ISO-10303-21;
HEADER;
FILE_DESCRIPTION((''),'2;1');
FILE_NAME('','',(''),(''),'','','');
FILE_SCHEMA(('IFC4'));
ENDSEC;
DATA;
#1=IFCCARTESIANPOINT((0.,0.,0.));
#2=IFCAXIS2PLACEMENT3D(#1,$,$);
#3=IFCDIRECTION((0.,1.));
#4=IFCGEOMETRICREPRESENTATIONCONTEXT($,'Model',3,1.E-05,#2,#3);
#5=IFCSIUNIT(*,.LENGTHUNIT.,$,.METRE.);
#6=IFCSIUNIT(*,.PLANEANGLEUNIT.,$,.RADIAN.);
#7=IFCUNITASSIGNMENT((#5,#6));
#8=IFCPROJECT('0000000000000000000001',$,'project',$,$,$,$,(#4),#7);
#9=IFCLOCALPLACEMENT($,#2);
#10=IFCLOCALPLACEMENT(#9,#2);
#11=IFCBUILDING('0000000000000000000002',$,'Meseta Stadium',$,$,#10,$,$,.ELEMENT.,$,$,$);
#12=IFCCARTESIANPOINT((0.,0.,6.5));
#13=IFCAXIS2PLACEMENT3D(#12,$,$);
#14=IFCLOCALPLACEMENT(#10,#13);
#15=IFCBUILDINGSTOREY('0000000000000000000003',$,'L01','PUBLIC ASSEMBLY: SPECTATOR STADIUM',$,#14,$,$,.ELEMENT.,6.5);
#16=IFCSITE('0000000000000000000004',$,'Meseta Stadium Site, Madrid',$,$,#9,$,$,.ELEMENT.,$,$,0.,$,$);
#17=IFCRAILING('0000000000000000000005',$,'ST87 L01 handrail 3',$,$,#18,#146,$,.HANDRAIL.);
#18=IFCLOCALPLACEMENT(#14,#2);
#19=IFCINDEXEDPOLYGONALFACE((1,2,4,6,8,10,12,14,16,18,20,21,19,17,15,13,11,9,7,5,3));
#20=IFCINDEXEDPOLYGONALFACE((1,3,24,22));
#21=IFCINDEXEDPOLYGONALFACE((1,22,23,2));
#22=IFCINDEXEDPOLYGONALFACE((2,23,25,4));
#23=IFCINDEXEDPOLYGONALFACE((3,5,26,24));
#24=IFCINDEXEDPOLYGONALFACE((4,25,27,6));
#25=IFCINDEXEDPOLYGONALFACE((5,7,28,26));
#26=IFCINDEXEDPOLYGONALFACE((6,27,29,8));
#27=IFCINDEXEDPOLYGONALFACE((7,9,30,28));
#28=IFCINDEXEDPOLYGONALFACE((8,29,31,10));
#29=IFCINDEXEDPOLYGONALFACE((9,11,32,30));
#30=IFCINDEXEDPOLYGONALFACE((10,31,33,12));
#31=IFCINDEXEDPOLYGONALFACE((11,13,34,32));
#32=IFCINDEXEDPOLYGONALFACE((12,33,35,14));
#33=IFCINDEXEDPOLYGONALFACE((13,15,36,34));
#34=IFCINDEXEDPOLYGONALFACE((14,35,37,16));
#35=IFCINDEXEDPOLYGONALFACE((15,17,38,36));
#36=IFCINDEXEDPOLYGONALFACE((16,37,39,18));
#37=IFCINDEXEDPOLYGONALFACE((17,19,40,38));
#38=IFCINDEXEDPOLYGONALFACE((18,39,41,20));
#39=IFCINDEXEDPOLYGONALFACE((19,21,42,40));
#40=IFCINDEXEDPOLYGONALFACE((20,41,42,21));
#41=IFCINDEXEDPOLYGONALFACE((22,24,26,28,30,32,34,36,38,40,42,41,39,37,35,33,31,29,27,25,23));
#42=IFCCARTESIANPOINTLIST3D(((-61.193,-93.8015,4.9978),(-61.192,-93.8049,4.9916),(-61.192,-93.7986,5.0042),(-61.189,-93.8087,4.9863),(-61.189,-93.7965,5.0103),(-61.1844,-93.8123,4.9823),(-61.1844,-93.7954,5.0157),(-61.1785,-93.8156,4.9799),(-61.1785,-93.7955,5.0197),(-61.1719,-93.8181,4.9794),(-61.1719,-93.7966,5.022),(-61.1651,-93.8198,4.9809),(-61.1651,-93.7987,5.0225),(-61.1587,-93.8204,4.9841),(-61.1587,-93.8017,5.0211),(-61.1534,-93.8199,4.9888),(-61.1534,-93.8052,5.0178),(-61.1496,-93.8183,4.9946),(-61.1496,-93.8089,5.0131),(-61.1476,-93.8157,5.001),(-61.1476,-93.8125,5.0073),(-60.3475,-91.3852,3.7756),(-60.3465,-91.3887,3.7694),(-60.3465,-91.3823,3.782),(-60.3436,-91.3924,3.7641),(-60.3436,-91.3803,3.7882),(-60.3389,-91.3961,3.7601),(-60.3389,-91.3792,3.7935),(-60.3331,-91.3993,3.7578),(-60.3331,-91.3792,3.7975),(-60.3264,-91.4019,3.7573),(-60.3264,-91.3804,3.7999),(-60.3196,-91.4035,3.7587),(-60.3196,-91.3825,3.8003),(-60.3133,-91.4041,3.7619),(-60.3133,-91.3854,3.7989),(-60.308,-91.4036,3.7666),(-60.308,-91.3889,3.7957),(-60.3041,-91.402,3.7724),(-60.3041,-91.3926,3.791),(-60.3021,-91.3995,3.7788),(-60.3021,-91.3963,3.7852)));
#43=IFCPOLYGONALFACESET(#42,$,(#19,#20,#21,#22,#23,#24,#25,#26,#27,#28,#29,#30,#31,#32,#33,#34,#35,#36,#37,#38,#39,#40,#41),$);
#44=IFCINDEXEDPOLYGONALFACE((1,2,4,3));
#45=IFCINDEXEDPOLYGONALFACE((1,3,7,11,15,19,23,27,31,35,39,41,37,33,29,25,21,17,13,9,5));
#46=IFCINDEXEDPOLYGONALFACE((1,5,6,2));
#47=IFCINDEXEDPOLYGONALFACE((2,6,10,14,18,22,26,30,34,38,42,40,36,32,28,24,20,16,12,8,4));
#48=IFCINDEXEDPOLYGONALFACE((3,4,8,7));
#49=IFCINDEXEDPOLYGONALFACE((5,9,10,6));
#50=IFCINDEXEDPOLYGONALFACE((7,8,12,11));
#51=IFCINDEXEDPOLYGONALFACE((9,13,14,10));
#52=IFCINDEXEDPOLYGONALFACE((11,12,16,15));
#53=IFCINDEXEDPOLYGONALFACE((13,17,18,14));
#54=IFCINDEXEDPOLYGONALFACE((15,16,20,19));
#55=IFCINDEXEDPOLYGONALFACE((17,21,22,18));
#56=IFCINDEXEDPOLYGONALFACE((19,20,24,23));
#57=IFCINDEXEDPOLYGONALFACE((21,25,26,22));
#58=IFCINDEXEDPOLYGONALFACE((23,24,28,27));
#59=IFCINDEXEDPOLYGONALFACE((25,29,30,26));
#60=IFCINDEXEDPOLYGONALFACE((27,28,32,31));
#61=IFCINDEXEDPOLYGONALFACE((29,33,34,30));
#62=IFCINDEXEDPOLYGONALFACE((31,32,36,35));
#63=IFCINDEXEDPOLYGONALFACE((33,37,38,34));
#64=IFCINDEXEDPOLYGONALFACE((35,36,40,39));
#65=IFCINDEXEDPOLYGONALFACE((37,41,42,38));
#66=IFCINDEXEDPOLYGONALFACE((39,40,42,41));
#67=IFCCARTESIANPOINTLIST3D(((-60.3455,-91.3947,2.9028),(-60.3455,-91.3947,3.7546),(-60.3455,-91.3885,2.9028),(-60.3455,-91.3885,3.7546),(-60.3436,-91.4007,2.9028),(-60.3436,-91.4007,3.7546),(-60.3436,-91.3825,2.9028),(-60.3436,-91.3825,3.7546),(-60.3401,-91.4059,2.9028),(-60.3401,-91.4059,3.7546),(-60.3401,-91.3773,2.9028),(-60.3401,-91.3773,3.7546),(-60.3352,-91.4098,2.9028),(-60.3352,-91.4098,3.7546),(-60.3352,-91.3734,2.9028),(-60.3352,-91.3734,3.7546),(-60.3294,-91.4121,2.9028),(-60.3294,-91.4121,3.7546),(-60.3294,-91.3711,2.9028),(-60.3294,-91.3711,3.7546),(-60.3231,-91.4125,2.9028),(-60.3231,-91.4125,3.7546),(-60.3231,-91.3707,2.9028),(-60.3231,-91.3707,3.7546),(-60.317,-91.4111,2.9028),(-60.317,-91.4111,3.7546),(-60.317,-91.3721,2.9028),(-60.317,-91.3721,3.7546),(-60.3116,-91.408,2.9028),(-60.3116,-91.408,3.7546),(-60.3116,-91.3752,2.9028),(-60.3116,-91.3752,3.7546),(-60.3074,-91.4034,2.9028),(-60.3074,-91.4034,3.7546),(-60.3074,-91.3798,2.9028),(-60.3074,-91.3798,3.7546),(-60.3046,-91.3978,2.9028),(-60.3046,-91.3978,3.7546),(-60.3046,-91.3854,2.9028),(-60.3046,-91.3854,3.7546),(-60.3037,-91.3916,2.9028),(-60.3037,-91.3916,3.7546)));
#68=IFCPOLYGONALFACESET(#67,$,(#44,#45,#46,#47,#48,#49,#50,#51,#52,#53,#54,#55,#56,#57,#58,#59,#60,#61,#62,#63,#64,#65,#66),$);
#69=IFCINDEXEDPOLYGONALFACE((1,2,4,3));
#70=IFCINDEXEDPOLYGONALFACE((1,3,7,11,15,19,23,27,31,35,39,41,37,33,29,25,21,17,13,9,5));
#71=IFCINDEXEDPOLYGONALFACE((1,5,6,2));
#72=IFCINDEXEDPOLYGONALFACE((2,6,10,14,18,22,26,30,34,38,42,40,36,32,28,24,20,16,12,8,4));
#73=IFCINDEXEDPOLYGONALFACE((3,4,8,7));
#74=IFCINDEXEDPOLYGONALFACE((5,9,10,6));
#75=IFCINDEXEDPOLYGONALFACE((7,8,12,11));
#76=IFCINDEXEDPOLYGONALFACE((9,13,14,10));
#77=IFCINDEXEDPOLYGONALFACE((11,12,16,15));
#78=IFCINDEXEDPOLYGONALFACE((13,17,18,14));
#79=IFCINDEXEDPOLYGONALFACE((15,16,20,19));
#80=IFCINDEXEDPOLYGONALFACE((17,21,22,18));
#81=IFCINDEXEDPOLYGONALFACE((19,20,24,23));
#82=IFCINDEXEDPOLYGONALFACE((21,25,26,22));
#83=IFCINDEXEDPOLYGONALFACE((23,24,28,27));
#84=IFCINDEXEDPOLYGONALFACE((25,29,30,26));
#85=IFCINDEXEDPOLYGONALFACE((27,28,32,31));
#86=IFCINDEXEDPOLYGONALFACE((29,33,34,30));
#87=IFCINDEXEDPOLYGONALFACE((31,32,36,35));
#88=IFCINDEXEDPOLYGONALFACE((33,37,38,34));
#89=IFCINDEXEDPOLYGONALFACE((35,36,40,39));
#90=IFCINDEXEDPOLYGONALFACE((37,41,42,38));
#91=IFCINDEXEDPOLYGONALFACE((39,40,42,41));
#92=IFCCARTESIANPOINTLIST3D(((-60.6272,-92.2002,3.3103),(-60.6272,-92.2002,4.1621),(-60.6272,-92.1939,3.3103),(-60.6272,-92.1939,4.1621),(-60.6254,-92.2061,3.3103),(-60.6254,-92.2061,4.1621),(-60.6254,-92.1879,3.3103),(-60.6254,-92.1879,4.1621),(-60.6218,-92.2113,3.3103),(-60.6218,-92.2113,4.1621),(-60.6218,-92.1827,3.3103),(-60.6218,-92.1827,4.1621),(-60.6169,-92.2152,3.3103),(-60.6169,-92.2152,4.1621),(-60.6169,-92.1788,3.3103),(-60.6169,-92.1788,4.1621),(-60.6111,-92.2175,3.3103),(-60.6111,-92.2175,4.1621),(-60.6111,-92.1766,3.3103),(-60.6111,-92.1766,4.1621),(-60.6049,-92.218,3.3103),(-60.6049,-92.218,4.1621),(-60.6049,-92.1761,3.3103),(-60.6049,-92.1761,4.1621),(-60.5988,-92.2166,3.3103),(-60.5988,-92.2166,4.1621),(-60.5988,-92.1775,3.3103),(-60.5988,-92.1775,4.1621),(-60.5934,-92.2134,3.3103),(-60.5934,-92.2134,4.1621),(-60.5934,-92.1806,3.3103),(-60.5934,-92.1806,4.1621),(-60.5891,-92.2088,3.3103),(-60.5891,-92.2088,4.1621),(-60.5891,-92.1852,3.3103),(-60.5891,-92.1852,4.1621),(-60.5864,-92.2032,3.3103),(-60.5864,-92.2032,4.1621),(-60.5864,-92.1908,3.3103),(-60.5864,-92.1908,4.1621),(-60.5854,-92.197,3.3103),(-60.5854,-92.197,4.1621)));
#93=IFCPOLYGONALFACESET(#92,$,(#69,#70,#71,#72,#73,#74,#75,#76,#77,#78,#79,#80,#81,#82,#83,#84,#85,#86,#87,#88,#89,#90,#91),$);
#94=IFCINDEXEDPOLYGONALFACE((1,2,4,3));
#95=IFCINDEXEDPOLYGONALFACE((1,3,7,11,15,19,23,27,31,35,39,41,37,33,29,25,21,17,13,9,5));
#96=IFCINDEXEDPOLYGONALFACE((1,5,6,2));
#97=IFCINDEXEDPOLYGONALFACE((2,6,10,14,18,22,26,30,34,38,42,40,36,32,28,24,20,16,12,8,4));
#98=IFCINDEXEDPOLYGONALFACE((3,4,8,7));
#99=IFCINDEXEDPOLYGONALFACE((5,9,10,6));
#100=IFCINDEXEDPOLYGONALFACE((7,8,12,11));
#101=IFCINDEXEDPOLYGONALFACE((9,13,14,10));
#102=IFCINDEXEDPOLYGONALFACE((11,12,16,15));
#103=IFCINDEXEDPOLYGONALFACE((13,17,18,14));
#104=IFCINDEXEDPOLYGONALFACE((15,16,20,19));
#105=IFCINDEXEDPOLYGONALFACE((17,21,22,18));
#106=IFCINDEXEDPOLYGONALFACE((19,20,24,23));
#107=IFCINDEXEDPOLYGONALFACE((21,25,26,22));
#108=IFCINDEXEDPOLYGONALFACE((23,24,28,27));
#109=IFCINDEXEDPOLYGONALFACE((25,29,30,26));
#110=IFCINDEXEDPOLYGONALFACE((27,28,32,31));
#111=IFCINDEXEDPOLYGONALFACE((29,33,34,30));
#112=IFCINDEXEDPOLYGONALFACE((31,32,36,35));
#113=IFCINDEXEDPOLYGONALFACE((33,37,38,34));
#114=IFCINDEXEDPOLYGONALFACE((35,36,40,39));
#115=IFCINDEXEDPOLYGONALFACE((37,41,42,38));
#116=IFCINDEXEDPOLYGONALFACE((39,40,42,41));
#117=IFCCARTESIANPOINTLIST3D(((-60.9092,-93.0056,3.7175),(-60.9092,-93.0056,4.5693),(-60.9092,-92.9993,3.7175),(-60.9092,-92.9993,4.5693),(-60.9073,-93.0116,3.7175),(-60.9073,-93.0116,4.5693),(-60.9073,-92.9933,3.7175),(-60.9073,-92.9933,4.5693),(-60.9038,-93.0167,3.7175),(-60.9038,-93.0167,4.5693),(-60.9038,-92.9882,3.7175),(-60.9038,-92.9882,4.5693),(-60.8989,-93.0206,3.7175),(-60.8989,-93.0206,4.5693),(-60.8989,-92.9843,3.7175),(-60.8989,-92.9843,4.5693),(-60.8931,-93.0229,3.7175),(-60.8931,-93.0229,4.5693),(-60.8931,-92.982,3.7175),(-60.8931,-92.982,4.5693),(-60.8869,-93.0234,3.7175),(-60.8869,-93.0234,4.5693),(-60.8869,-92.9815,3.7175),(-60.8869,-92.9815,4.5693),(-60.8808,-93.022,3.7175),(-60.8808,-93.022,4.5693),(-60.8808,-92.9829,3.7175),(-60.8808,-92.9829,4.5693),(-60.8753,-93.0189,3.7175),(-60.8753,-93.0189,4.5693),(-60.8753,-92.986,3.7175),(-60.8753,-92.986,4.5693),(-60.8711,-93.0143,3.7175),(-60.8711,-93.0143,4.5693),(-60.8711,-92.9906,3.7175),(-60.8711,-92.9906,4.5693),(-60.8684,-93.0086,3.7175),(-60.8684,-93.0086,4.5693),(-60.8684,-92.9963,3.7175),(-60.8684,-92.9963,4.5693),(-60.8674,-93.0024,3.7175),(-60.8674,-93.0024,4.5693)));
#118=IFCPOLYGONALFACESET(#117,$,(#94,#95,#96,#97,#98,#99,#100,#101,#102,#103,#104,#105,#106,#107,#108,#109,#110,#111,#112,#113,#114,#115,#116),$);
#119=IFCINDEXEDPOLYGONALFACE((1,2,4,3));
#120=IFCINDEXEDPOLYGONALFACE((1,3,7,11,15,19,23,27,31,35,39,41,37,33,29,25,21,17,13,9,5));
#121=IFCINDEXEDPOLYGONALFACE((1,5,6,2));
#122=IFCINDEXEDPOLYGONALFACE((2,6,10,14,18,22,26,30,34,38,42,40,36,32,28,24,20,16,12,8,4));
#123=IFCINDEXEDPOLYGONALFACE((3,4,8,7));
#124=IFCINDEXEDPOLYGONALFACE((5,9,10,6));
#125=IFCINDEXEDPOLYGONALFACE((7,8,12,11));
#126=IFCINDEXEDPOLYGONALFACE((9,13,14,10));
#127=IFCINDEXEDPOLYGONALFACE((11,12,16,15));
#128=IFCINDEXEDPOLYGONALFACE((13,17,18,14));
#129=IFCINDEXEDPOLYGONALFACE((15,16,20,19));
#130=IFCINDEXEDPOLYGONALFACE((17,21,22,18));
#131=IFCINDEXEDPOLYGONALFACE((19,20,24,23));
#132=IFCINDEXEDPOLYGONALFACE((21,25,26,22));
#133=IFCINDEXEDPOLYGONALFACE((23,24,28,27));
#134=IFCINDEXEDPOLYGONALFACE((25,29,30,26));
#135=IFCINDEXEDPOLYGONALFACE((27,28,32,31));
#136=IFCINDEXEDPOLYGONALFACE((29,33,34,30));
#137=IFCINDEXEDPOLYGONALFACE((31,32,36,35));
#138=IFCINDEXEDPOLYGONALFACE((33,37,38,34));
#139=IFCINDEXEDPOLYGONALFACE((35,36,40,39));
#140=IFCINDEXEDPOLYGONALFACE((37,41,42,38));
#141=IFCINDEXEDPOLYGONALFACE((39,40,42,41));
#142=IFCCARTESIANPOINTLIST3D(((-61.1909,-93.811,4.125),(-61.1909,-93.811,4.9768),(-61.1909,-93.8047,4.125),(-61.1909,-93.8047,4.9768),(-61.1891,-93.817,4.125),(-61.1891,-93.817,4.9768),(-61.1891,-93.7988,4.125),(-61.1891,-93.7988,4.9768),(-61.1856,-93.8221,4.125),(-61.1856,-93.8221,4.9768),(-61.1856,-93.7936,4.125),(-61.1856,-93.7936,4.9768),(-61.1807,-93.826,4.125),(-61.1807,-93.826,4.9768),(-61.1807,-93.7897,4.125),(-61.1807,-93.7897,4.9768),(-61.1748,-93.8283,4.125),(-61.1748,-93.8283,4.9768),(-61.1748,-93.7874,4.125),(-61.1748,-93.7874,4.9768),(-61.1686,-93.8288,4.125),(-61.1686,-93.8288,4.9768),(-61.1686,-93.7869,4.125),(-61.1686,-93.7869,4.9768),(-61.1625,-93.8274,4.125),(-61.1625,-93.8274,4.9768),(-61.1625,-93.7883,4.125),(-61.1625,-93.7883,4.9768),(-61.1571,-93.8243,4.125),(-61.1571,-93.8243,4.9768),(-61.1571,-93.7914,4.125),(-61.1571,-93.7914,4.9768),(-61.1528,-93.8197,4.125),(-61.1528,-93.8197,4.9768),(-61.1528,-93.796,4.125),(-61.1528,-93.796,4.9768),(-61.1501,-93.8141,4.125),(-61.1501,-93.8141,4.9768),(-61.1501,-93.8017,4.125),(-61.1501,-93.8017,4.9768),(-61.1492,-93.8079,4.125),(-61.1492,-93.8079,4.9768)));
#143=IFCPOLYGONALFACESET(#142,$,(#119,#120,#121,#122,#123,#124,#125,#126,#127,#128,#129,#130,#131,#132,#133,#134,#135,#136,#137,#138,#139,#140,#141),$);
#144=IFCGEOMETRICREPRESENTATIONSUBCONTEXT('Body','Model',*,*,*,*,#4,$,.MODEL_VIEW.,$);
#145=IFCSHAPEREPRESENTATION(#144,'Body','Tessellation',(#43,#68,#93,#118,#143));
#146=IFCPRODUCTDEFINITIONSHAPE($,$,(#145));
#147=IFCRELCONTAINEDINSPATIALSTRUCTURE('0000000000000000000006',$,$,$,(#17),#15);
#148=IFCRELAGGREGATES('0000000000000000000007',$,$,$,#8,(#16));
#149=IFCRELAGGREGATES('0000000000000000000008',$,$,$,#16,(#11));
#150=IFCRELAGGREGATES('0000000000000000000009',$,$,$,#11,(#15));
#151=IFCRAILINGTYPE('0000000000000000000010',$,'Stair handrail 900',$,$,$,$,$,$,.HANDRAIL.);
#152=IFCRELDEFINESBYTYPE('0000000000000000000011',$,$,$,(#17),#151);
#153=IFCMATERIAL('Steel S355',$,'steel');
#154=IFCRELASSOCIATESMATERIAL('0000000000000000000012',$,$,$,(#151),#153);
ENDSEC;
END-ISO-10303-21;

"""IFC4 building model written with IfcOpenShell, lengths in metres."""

from ifc_helpers import new_model, si_unit, direction, frame, origin, origin_2d, place, context, subcontext, project, spatial, circle, extrude, material, type_object, element, save


model = new_model("IFC4")

# Units and contexts
model_context = context("Model", 3, precision=1e-05, world=origin(), true_north=direction((0.0, 1.0)))
body_context = subcontext(model_context, "Body", "Model", "MODEL_VIEW")
ifc_project = project(units=[si_unit("LENGTHUNIT", "METRE"), si_unit("PLANEANGLEUNIT", "RADIAN")], contexts=[model_context])

# Site, building, storey
site_placement = place(None, origin())
site = spatial("IfcSite", under=ifc_project, at=site_placement, Name="Meseta Stadium Site, Madrid", CompositionType="ELEMENT", RefElevation=0.0)
building_placement = place(site_placement, origin())
building = spatial("IfcBuilding", under=site, at=building_placement, Name="Meseta Stadium", CompositionType="ELEMENT")
storey_placement = place(building_placement, frame((0.0, 0.0, 6.5)))
storey = spatial("IfcBuildingStorey", under=building, at=storey_placement, Name="L01", Description="PUBLIC ASSEMBLY: SPECTATOR STADIUM", CompositionType="ELEMENT", Elevation=6.5)

# Railing
ifc_material_1 = material(Name="Steel S355", Category="steel")
railing_type_1 = type_object("IfcRailingType", Name="Stair handrail 900", PredefinedType="HANDRAIL", material=ifc_material_1)
for number, where, name in (
    (1, (-60.3247, -91.3916, 2.9028), "ST87 L01 handrail 3"),
):
    element("IfcRailing", number, at=place(storey_placement, frame(where)), inside=storey, type_object=railing_type_1, Name=name, PredefinedType="HANDRAIL", context=body_context, shape_type="SweptSolid", body=[
        extrude(circle(Radius=0.0239, at=origin_2d()), frame((0.0, 0.0, 0.876), z_axis=(-0.298044, -0.851789, 0.430843), x_axis=(0.943887, -0.33027, 0.0)), (0.0, 0.0, 1.0), 2.8367),
        extrude(circle(Radius=0.021, at=origin_2d()), origin(), (0.0, 0.0, 1.0), 0.8518),
        extrude(circle(Radius=0.021, at=origin_2d()), frame((-0.2817, -0.8054, 0.4075)), (0.0, 0.0, 1.0), 0.8518),
        extrude(circle(Radius=0.021, at=origin_2d()), frame((-0.5637, -1.6108, 0.8147)), (0.0, 0.0, 1.0), 0.8518),
        extrude(circle(Radius=0.021, at=origin_2d()), frame((-0.8455, -2.4163, 1.2222)), (0.0, 0.0, 1.0), 0.8518),
    ])

save(model, "model.ifc")
